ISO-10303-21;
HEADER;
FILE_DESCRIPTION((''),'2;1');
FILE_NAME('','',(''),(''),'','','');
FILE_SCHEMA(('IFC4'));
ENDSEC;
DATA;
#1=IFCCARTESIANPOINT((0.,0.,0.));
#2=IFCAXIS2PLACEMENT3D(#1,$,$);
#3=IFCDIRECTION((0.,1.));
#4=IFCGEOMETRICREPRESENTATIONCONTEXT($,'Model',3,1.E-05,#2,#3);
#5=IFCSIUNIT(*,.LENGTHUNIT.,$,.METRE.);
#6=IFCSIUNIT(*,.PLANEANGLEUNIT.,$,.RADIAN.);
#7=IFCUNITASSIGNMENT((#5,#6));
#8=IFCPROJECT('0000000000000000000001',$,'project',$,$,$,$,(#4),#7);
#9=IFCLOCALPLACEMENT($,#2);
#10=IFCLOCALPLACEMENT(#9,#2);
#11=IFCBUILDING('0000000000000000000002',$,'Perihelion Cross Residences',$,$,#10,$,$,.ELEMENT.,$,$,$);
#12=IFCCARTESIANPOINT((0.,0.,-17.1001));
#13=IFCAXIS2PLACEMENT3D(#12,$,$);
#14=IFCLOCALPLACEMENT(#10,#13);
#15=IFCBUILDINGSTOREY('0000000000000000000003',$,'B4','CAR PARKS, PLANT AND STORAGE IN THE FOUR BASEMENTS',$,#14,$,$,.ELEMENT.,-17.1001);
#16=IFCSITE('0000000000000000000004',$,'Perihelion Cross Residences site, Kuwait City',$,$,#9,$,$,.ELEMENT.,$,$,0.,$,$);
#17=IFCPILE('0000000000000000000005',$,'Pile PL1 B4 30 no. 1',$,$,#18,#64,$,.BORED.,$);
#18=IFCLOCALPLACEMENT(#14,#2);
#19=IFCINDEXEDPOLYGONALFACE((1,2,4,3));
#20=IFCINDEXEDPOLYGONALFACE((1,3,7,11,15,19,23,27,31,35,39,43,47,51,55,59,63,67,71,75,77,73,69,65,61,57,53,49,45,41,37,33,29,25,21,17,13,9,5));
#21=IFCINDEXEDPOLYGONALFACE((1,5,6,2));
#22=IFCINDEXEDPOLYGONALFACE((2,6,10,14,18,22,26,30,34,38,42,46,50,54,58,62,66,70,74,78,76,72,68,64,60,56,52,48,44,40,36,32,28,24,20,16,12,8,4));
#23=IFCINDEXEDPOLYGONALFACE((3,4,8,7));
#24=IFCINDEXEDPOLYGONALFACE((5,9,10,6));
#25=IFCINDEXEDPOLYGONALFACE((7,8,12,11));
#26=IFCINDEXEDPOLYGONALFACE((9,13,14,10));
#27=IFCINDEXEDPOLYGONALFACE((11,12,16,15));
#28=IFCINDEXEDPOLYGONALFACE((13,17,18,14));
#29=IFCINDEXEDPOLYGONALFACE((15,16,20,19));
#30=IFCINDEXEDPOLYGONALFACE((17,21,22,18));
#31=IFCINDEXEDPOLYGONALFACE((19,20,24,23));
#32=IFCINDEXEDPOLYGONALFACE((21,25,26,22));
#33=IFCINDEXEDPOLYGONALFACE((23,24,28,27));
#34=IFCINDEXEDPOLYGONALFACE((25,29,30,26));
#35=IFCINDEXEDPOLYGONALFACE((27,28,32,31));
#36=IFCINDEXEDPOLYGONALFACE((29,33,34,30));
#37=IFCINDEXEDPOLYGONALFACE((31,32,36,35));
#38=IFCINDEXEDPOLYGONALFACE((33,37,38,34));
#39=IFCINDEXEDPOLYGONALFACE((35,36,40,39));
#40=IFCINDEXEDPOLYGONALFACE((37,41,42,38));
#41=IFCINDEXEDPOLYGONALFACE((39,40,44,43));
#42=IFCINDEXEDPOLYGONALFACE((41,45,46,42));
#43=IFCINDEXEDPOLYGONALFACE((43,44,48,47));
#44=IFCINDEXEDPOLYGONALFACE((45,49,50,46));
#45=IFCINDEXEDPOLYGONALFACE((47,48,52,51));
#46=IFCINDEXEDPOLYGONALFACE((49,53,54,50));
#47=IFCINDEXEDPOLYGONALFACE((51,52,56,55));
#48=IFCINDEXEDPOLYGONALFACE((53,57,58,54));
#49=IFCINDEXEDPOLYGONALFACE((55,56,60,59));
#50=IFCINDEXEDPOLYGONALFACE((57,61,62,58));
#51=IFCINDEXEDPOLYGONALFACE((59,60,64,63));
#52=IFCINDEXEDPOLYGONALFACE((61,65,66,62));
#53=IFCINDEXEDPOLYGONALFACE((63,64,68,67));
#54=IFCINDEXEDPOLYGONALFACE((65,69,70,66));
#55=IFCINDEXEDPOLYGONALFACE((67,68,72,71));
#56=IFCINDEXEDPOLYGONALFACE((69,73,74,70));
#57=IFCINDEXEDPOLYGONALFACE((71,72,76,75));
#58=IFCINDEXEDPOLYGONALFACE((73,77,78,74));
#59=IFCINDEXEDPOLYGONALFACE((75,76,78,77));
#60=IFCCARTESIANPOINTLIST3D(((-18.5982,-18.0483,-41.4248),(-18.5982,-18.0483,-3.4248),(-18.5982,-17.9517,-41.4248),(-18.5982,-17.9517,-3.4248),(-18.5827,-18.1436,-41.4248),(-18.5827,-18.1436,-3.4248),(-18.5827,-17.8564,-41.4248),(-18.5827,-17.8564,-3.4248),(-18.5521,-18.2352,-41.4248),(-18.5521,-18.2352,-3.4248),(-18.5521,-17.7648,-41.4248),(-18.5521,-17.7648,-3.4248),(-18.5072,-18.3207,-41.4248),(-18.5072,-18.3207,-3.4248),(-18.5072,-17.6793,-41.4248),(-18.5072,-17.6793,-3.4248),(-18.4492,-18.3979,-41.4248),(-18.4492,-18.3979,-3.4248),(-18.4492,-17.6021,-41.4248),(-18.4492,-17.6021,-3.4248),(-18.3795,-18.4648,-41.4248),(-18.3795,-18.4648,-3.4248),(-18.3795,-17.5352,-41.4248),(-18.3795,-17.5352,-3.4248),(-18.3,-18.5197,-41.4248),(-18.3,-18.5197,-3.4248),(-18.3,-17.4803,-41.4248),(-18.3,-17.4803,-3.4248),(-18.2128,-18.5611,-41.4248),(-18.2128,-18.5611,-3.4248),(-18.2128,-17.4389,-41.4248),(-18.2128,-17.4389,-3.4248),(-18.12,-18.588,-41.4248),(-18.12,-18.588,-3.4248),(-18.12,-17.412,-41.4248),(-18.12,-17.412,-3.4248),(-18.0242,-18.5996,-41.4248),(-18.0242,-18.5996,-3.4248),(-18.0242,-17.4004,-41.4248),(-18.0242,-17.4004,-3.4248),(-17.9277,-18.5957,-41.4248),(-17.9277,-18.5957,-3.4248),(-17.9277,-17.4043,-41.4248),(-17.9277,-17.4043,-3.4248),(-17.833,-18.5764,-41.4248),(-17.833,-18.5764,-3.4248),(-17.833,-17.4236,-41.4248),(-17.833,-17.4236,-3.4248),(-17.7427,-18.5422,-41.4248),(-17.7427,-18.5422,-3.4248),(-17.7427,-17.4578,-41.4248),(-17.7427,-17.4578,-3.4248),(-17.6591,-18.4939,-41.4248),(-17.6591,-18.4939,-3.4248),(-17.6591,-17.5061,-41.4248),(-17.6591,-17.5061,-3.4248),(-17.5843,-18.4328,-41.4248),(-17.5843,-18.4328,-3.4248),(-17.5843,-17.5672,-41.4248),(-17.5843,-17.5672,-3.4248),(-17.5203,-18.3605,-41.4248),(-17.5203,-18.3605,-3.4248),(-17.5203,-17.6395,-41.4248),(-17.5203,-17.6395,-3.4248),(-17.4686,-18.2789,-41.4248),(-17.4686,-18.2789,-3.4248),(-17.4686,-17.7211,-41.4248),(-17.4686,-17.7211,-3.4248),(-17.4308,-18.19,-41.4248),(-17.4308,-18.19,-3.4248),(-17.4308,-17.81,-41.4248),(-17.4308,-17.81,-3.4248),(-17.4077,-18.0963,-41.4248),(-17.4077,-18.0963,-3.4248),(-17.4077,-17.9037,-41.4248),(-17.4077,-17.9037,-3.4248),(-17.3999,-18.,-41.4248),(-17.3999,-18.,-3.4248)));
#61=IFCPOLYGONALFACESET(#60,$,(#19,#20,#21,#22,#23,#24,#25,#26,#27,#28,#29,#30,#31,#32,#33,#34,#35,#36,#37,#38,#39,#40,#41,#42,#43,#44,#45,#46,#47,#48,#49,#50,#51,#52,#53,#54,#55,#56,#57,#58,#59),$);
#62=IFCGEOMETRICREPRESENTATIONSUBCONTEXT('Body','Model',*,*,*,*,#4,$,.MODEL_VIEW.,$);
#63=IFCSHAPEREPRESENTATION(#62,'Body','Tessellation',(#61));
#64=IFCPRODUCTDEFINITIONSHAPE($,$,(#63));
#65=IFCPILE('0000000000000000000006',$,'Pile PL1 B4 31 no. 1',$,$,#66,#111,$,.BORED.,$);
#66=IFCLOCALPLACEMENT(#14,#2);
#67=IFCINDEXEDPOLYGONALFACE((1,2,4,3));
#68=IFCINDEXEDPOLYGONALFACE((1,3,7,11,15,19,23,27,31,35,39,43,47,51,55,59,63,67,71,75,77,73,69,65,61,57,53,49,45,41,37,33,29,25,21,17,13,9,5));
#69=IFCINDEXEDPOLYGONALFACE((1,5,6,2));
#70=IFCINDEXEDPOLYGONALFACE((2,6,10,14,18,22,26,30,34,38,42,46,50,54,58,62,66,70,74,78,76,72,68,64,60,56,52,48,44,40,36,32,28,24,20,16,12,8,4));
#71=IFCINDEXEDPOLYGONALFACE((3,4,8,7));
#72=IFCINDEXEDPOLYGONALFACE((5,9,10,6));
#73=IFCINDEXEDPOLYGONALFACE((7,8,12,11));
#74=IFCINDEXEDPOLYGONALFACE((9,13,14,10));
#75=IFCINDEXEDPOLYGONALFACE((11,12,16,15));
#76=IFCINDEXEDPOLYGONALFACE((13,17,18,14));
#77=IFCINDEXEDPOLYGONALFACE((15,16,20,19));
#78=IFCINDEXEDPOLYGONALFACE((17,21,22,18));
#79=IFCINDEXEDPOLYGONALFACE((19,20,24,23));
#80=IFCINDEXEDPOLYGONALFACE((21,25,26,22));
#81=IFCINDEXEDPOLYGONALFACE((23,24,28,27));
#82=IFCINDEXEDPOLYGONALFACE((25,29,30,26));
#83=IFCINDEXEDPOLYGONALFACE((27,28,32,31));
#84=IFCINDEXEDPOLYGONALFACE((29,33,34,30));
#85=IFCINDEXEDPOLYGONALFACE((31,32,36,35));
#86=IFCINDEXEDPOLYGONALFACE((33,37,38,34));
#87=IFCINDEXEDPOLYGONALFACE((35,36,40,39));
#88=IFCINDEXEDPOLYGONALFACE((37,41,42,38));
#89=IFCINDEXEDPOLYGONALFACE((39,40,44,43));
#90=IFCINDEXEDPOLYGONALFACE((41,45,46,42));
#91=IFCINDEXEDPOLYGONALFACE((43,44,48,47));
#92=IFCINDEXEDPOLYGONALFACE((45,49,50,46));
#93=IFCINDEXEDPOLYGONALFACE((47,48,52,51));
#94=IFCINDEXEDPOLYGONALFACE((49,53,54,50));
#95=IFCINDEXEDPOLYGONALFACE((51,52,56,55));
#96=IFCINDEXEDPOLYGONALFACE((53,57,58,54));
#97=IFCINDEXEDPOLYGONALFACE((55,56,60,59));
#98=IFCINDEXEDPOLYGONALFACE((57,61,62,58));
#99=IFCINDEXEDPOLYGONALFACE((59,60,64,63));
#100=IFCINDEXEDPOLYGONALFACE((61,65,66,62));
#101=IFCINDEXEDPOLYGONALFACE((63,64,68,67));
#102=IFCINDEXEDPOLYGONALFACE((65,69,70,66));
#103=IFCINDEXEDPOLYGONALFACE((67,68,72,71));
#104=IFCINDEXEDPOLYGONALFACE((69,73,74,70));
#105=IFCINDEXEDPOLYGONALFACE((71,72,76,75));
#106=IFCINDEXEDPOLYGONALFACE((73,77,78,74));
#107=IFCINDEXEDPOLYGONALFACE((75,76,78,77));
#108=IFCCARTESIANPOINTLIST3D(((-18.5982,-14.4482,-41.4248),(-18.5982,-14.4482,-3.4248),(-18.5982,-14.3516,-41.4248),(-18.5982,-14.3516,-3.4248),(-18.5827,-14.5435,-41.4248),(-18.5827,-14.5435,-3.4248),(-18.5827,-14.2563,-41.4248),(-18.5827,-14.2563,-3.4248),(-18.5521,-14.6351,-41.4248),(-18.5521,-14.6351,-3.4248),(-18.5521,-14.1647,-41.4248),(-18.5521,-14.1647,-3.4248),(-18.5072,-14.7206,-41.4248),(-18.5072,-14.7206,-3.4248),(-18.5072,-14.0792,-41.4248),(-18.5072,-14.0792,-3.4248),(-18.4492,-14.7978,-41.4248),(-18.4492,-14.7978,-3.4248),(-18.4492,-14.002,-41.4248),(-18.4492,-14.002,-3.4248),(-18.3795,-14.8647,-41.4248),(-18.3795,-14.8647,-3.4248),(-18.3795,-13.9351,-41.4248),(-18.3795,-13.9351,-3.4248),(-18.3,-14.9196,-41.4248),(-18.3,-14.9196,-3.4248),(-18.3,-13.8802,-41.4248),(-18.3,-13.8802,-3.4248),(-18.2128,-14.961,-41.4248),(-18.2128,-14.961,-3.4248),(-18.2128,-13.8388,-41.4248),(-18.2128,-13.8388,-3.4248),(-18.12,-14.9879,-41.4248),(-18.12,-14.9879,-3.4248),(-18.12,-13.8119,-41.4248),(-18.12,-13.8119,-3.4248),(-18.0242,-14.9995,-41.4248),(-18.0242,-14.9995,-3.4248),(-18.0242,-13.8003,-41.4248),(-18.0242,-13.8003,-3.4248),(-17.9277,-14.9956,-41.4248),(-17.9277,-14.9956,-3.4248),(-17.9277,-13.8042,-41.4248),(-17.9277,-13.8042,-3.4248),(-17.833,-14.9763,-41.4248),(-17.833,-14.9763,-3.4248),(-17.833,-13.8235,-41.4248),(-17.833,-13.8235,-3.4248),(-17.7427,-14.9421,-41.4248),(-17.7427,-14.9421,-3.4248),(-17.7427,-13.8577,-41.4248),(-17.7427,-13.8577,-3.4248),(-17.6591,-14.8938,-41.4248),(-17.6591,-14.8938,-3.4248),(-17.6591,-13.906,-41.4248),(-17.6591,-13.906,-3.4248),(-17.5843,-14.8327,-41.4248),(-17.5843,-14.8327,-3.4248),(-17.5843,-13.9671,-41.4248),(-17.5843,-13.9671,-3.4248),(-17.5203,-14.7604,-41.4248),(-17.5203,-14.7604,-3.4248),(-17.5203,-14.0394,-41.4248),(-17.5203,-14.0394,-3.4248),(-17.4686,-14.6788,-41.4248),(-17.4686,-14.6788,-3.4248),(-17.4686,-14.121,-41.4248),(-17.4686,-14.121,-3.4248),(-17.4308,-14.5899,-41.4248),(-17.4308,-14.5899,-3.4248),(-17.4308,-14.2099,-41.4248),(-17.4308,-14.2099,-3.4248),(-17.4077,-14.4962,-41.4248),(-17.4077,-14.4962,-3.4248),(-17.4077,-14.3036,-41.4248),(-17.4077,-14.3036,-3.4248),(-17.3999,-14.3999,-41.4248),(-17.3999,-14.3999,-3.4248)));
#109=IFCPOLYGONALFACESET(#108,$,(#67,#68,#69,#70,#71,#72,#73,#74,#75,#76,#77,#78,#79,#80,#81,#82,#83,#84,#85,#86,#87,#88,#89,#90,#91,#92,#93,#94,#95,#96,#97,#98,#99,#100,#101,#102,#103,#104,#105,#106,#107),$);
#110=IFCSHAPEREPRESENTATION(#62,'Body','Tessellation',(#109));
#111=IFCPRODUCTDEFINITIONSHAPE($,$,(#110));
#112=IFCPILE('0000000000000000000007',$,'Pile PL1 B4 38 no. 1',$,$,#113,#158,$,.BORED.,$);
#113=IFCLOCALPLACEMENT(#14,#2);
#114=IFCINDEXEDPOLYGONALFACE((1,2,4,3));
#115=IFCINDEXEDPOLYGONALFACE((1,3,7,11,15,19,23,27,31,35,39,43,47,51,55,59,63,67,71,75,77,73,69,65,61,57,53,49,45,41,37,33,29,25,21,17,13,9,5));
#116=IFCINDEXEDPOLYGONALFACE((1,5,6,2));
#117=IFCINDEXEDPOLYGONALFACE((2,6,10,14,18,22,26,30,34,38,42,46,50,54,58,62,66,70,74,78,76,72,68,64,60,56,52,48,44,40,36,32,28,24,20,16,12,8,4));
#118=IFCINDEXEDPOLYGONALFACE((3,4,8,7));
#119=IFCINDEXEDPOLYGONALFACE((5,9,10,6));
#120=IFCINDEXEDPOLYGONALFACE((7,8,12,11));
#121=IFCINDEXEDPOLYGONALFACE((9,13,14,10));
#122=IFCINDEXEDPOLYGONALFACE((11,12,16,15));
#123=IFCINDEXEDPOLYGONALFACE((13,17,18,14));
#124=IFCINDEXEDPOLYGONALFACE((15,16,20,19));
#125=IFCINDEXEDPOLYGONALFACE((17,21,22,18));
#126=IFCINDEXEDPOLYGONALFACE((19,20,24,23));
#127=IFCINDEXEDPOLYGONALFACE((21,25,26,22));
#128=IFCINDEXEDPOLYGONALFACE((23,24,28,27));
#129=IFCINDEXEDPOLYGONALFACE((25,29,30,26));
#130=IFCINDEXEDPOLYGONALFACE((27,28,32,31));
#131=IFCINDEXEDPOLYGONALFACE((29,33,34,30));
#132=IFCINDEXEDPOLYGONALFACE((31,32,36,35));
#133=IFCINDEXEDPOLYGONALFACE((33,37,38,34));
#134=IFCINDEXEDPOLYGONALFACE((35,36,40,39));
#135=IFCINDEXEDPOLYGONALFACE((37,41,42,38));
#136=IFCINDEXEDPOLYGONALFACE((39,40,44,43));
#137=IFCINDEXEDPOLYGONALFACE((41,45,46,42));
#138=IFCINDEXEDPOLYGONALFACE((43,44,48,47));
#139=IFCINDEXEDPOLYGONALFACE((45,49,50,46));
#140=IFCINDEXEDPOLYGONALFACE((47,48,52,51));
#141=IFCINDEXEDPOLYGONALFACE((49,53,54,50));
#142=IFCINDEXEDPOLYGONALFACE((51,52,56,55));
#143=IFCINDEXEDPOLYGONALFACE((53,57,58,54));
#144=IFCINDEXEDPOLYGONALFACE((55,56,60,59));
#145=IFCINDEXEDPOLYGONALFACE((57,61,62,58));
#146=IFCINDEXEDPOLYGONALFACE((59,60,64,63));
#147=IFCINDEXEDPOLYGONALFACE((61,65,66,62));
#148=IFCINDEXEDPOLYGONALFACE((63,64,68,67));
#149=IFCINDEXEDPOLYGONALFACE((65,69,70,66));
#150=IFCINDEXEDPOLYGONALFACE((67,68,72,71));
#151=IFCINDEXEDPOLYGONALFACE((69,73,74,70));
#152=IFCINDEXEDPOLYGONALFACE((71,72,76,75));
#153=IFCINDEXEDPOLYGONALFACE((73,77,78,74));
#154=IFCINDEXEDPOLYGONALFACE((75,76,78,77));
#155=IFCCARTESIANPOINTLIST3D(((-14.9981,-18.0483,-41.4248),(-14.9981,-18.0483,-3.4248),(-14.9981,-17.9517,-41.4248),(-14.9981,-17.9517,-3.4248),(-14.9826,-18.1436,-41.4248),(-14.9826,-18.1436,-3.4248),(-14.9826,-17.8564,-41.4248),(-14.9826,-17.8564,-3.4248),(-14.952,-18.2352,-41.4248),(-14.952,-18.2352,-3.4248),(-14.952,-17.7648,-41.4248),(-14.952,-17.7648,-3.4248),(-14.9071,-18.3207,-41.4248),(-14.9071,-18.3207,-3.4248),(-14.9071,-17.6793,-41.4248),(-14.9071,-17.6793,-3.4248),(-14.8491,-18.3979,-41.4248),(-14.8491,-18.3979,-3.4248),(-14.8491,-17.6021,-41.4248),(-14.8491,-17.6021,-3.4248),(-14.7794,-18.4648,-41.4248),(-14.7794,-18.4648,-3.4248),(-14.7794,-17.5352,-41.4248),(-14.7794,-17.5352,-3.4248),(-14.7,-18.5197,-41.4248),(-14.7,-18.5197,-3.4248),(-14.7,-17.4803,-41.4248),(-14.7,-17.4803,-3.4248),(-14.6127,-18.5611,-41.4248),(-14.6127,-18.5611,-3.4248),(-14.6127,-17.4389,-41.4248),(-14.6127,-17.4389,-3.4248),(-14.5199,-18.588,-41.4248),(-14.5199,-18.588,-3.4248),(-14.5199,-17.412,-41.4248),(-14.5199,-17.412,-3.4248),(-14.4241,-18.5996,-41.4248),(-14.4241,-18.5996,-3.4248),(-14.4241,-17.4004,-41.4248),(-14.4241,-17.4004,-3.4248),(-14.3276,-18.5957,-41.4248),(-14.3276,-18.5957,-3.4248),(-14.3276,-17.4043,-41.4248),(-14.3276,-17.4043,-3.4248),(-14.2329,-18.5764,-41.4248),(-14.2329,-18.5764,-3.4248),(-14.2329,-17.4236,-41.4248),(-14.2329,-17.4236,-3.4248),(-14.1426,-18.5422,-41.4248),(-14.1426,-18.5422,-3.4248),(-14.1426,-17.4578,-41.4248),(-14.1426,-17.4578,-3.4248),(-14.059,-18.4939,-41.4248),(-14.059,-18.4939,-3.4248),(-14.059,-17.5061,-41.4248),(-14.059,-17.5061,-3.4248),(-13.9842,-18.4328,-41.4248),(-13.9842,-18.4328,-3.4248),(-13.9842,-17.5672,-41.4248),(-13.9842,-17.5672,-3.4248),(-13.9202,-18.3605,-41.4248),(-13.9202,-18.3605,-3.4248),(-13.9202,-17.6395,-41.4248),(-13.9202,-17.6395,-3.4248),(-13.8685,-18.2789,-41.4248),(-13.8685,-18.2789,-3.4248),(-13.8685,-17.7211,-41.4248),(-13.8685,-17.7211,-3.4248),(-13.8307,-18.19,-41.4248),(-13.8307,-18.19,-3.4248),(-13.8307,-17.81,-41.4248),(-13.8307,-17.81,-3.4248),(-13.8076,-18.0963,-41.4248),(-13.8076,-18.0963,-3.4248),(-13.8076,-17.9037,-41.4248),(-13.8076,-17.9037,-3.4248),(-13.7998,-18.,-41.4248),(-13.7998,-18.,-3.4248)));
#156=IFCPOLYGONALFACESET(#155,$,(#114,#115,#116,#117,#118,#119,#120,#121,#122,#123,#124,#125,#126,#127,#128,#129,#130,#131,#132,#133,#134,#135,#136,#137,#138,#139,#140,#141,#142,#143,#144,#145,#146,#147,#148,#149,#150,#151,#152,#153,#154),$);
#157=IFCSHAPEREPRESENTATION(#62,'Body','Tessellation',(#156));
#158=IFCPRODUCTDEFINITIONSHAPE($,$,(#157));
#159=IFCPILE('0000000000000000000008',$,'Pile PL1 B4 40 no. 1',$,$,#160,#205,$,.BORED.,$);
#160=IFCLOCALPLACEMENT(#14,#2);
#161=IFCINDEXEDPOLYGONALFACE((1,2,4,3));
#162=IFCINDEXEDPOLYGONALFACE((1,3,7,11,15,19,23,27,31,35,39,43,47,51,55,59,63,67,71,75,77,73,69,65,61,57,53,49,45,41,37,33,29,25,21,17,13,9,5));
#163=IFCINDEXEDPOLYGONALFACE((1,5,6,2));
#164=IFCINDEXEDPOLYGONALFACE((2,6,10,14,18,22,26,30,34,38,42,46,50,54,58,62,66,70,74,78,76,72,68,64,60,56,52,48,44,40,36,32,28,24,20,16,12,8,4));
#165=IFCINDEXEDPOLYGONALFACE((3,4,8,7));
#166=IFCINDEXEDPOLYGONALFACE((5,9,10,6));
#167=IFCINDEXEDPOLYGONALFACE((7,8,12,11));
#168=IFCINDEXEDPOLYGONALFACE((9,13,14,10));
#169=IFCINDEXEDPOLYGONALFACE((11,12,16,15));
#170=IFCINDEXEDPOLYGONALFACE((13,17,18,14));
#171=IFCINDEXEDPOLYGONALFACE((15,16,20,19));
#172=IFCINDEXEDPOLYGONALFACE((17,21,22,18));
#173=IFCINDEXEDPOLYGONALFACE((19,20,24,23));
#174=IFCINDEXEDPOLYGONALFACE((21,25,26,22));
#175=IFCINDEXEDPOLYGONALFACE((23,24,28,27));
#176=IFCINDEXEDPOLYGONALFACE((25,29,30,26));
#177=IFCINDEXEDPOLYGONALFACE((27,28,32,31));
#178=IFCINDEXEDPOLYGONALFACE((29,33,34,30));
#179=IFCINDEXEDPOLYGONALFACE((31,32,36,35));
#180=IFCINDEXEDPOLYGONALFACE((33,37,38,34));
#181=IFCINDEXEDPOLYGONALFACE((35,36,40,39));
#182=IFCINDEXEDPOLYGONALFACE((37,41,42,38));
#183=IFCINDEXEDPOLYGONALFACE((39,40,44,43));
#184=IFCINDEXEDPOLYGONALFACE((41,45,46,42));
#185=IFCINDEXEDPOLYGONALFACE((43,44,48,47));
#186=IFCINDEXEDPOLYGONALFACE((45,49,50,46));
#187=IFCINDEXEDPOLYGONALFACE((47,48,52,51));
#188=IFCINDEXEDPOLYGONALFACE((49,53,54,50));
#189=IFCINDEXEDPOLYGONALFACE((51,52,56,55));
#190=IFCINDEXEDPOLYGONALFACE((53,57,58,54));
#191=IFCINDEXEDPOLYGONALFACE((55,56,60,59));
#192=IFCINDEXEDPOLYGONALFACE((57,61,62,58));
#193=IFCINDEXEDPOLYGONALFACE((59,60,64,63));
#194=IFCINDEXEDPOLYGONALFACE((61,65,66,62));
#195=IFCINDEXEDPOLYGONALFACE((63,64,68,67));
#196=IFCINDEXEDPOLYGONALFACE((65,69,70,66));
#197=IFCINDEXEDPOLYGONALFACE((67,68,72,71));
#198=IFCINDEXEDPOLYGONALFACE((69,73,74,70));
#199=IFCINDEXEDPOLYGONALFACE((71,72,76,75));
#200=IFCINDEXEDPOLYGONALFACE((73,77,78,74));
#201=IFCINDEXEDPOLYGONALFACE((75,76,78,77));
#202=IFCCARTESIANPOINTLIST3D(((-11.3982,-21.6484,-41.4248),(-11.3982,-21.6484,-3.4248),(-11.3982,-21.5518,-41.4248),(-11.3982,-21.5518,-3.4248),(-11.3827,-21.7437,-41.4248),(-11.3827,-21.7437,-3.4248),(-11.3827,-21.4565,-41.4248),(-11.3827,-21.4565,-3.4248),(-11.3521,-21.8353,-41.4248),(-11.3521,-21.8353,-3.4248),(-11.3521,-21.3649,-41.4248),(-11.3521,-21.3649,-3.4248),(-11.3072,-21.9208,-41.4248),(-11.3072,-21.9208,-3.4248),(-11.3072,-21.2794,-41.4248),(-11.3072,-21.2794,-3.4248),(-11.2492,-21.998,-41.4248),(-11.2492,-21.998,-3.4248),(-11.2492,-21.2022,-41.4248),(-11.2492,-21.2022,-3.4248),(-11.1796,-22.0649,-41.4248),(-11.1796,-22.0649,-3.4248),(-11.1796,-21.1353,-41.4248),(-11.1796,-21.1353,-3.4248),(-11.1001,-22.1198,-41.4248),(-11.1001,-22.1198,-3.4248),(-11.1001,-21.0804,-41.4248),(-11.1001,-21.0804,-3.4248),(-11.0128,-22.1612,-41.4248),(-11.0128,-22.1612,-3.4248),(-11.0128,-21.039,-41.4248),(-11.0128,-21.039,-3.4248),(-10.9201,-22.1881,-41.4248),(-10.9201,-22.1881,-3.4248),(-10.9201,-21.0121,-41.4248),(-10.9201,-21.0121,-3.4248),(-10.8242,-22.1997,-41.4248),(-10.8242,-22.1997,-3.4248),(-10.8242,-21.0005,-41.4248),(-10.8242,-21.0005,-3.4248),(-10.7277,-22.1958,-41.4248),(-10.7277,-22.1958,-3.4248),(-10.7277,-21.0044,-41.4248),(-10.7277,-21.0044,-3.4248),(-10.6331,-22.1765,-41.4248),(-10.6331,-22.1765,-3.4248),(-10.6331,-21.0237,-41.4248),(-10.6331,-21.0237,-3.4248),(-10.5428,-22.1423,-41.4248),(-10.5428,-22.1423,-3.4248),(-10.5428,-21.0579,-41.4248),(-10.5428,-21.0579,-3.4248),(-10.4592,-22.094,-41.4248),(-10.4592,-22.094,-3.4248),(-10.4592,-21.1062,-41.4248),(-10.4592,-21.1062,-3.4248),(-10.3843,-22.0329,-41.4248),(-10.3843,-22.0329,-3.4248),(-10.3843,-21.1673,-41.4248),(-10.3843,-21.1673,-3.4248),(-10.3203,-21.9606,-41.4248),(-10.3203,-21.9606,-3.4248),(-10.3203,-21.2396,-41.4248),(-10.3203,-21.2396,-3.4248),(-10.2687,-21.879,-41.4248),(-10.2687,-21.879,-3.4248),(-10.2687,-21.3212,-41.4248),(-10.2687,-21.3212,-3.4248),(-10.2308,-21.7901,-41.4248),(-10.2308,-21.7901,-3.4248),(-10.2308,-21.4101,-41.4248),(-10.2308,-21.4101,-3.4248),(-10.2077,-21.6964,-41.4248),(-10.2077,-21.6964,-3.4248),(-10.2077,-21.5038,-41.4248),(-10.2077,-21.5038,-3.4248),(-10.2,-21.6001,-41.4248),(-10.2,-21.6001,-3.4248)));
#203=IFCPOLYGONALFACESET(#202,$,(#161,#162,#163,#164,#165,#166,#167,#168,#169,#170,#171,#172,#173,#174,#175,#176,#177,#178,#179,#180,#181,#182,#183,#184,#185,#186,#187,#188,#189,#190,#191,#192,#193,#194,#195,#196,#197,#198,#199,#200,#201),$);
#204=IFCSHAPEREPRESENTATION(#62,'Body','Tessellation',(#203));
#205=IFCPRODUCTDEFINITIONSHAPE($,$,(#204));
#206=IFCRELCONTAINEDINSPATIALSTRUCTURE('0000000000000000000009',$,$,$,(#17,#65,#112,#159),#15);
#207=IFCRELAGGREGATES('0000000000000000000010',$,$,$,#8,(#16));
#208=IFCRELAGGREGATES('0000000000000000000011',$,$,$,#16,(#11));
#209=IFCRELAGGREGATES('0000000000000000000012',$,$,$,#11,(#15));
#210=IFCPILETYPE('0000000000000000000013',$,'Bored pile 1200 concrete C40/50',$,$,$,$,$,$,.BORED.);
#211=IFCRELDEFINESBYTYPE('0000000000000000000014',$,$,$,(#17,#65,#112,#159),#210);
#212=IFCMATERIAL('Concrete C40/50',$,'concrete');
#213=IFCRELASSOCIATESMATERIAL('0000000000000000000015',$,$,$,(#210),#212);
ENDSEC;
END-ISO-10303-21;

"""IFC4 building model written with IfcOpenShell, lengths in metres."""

from ifc_helpers import new_model, si_unit, direction, frame, origin, origin_2d, place, context, subcontext, project, spatial, circle, extrude, material, type_object, element, save


model = new_model("IFC4")

# Units and contexts
model_context = context("Model", 3, precision=1e-05, world=origin(), true_north=direction((0.0, 1.0)))
body_context = subcontext(model_context, "Body", "Model", "MODEL_VIEW")
ifc_project = project(units=[si_unit("LENGTHUNIT", "METRE"), si_unit("PLANEANGLEUNIT", "RADIAN")], contexts=[model_context])

# Site, building, storey
site_placement = place(None, origin())
site = spatial("IfcSite", under=ifc_project, at=site_placement, Name="Perihelion Cross Residences site, Kuwait City", CompositionType="ELEMENT", RefElevation=0.0)
building_placement = place(site_placement, origin())
building = spatial("IfcBuilding", under=site, at=building_placement, Name="Perihelion Cross Residences", CompositionType="ELEMENT")
storey_placement = place(building_placement, frame((0.0, 0.0, -17.1001)))
storey = spatial("IfcBuildingStorey", under=building, at=storey_placement, Name="B4", Description="CAR PARKS, PLANT AND STORAGE IN THE FOUR BASEMENTS", CompositionType="ELEMENT", Elevation=-17.1001)

# Piles
ifc_material_1 = material(Name="Concrete C40/50", Category="concrete")
pile_type = type_object("IfcPileType", Name="Bored pile 1200 concrete C40/50", PredefinedType="BORED", material=ifc_material_1)
for number, where, z_axis, x_axis, name in (
    (1, (-18.0, -18.0, -3.4248), (0.0, 0.0, -1.0), (1.0, 0.0, 0.0), "Pile PL1 B4 30 no. 1"),
    (2, (-18.0, -14.3999, -3.4248), (0.0, 0.0, -1.0), (1.0, 0.0, 0.0), "Pile PL1 B4 31 no. 1"),
    (3, (-14.3999, -18.0, -3.4248), (0.0, 0.0, -1.0), (1.0, 0.0, 0.0), "Pile PL1 B4 38 no. 1"),
    (4, (-10.8, -21.6001, -3.4248), (0.0, 0.0, -1.0), (1.0, 0.0, 0.0), "Pile PL1 B4 40 no. 1"),
):
    element("IfcPile", number, at=place(storey_placement, frame(where, z_axis=z_axis, x_axis=x_axis)), inside=storey, type_object=pile_type, Name=name, PredefinedType="BORED", context=body_context, shape_type="SweptSolid", body=[
        extrude(circle(Radius=0.6001, at=origin_2d()), origin(), (0.0, 0.0, 1.0), 38.0),
    ])

save(model, "model.ifc")
